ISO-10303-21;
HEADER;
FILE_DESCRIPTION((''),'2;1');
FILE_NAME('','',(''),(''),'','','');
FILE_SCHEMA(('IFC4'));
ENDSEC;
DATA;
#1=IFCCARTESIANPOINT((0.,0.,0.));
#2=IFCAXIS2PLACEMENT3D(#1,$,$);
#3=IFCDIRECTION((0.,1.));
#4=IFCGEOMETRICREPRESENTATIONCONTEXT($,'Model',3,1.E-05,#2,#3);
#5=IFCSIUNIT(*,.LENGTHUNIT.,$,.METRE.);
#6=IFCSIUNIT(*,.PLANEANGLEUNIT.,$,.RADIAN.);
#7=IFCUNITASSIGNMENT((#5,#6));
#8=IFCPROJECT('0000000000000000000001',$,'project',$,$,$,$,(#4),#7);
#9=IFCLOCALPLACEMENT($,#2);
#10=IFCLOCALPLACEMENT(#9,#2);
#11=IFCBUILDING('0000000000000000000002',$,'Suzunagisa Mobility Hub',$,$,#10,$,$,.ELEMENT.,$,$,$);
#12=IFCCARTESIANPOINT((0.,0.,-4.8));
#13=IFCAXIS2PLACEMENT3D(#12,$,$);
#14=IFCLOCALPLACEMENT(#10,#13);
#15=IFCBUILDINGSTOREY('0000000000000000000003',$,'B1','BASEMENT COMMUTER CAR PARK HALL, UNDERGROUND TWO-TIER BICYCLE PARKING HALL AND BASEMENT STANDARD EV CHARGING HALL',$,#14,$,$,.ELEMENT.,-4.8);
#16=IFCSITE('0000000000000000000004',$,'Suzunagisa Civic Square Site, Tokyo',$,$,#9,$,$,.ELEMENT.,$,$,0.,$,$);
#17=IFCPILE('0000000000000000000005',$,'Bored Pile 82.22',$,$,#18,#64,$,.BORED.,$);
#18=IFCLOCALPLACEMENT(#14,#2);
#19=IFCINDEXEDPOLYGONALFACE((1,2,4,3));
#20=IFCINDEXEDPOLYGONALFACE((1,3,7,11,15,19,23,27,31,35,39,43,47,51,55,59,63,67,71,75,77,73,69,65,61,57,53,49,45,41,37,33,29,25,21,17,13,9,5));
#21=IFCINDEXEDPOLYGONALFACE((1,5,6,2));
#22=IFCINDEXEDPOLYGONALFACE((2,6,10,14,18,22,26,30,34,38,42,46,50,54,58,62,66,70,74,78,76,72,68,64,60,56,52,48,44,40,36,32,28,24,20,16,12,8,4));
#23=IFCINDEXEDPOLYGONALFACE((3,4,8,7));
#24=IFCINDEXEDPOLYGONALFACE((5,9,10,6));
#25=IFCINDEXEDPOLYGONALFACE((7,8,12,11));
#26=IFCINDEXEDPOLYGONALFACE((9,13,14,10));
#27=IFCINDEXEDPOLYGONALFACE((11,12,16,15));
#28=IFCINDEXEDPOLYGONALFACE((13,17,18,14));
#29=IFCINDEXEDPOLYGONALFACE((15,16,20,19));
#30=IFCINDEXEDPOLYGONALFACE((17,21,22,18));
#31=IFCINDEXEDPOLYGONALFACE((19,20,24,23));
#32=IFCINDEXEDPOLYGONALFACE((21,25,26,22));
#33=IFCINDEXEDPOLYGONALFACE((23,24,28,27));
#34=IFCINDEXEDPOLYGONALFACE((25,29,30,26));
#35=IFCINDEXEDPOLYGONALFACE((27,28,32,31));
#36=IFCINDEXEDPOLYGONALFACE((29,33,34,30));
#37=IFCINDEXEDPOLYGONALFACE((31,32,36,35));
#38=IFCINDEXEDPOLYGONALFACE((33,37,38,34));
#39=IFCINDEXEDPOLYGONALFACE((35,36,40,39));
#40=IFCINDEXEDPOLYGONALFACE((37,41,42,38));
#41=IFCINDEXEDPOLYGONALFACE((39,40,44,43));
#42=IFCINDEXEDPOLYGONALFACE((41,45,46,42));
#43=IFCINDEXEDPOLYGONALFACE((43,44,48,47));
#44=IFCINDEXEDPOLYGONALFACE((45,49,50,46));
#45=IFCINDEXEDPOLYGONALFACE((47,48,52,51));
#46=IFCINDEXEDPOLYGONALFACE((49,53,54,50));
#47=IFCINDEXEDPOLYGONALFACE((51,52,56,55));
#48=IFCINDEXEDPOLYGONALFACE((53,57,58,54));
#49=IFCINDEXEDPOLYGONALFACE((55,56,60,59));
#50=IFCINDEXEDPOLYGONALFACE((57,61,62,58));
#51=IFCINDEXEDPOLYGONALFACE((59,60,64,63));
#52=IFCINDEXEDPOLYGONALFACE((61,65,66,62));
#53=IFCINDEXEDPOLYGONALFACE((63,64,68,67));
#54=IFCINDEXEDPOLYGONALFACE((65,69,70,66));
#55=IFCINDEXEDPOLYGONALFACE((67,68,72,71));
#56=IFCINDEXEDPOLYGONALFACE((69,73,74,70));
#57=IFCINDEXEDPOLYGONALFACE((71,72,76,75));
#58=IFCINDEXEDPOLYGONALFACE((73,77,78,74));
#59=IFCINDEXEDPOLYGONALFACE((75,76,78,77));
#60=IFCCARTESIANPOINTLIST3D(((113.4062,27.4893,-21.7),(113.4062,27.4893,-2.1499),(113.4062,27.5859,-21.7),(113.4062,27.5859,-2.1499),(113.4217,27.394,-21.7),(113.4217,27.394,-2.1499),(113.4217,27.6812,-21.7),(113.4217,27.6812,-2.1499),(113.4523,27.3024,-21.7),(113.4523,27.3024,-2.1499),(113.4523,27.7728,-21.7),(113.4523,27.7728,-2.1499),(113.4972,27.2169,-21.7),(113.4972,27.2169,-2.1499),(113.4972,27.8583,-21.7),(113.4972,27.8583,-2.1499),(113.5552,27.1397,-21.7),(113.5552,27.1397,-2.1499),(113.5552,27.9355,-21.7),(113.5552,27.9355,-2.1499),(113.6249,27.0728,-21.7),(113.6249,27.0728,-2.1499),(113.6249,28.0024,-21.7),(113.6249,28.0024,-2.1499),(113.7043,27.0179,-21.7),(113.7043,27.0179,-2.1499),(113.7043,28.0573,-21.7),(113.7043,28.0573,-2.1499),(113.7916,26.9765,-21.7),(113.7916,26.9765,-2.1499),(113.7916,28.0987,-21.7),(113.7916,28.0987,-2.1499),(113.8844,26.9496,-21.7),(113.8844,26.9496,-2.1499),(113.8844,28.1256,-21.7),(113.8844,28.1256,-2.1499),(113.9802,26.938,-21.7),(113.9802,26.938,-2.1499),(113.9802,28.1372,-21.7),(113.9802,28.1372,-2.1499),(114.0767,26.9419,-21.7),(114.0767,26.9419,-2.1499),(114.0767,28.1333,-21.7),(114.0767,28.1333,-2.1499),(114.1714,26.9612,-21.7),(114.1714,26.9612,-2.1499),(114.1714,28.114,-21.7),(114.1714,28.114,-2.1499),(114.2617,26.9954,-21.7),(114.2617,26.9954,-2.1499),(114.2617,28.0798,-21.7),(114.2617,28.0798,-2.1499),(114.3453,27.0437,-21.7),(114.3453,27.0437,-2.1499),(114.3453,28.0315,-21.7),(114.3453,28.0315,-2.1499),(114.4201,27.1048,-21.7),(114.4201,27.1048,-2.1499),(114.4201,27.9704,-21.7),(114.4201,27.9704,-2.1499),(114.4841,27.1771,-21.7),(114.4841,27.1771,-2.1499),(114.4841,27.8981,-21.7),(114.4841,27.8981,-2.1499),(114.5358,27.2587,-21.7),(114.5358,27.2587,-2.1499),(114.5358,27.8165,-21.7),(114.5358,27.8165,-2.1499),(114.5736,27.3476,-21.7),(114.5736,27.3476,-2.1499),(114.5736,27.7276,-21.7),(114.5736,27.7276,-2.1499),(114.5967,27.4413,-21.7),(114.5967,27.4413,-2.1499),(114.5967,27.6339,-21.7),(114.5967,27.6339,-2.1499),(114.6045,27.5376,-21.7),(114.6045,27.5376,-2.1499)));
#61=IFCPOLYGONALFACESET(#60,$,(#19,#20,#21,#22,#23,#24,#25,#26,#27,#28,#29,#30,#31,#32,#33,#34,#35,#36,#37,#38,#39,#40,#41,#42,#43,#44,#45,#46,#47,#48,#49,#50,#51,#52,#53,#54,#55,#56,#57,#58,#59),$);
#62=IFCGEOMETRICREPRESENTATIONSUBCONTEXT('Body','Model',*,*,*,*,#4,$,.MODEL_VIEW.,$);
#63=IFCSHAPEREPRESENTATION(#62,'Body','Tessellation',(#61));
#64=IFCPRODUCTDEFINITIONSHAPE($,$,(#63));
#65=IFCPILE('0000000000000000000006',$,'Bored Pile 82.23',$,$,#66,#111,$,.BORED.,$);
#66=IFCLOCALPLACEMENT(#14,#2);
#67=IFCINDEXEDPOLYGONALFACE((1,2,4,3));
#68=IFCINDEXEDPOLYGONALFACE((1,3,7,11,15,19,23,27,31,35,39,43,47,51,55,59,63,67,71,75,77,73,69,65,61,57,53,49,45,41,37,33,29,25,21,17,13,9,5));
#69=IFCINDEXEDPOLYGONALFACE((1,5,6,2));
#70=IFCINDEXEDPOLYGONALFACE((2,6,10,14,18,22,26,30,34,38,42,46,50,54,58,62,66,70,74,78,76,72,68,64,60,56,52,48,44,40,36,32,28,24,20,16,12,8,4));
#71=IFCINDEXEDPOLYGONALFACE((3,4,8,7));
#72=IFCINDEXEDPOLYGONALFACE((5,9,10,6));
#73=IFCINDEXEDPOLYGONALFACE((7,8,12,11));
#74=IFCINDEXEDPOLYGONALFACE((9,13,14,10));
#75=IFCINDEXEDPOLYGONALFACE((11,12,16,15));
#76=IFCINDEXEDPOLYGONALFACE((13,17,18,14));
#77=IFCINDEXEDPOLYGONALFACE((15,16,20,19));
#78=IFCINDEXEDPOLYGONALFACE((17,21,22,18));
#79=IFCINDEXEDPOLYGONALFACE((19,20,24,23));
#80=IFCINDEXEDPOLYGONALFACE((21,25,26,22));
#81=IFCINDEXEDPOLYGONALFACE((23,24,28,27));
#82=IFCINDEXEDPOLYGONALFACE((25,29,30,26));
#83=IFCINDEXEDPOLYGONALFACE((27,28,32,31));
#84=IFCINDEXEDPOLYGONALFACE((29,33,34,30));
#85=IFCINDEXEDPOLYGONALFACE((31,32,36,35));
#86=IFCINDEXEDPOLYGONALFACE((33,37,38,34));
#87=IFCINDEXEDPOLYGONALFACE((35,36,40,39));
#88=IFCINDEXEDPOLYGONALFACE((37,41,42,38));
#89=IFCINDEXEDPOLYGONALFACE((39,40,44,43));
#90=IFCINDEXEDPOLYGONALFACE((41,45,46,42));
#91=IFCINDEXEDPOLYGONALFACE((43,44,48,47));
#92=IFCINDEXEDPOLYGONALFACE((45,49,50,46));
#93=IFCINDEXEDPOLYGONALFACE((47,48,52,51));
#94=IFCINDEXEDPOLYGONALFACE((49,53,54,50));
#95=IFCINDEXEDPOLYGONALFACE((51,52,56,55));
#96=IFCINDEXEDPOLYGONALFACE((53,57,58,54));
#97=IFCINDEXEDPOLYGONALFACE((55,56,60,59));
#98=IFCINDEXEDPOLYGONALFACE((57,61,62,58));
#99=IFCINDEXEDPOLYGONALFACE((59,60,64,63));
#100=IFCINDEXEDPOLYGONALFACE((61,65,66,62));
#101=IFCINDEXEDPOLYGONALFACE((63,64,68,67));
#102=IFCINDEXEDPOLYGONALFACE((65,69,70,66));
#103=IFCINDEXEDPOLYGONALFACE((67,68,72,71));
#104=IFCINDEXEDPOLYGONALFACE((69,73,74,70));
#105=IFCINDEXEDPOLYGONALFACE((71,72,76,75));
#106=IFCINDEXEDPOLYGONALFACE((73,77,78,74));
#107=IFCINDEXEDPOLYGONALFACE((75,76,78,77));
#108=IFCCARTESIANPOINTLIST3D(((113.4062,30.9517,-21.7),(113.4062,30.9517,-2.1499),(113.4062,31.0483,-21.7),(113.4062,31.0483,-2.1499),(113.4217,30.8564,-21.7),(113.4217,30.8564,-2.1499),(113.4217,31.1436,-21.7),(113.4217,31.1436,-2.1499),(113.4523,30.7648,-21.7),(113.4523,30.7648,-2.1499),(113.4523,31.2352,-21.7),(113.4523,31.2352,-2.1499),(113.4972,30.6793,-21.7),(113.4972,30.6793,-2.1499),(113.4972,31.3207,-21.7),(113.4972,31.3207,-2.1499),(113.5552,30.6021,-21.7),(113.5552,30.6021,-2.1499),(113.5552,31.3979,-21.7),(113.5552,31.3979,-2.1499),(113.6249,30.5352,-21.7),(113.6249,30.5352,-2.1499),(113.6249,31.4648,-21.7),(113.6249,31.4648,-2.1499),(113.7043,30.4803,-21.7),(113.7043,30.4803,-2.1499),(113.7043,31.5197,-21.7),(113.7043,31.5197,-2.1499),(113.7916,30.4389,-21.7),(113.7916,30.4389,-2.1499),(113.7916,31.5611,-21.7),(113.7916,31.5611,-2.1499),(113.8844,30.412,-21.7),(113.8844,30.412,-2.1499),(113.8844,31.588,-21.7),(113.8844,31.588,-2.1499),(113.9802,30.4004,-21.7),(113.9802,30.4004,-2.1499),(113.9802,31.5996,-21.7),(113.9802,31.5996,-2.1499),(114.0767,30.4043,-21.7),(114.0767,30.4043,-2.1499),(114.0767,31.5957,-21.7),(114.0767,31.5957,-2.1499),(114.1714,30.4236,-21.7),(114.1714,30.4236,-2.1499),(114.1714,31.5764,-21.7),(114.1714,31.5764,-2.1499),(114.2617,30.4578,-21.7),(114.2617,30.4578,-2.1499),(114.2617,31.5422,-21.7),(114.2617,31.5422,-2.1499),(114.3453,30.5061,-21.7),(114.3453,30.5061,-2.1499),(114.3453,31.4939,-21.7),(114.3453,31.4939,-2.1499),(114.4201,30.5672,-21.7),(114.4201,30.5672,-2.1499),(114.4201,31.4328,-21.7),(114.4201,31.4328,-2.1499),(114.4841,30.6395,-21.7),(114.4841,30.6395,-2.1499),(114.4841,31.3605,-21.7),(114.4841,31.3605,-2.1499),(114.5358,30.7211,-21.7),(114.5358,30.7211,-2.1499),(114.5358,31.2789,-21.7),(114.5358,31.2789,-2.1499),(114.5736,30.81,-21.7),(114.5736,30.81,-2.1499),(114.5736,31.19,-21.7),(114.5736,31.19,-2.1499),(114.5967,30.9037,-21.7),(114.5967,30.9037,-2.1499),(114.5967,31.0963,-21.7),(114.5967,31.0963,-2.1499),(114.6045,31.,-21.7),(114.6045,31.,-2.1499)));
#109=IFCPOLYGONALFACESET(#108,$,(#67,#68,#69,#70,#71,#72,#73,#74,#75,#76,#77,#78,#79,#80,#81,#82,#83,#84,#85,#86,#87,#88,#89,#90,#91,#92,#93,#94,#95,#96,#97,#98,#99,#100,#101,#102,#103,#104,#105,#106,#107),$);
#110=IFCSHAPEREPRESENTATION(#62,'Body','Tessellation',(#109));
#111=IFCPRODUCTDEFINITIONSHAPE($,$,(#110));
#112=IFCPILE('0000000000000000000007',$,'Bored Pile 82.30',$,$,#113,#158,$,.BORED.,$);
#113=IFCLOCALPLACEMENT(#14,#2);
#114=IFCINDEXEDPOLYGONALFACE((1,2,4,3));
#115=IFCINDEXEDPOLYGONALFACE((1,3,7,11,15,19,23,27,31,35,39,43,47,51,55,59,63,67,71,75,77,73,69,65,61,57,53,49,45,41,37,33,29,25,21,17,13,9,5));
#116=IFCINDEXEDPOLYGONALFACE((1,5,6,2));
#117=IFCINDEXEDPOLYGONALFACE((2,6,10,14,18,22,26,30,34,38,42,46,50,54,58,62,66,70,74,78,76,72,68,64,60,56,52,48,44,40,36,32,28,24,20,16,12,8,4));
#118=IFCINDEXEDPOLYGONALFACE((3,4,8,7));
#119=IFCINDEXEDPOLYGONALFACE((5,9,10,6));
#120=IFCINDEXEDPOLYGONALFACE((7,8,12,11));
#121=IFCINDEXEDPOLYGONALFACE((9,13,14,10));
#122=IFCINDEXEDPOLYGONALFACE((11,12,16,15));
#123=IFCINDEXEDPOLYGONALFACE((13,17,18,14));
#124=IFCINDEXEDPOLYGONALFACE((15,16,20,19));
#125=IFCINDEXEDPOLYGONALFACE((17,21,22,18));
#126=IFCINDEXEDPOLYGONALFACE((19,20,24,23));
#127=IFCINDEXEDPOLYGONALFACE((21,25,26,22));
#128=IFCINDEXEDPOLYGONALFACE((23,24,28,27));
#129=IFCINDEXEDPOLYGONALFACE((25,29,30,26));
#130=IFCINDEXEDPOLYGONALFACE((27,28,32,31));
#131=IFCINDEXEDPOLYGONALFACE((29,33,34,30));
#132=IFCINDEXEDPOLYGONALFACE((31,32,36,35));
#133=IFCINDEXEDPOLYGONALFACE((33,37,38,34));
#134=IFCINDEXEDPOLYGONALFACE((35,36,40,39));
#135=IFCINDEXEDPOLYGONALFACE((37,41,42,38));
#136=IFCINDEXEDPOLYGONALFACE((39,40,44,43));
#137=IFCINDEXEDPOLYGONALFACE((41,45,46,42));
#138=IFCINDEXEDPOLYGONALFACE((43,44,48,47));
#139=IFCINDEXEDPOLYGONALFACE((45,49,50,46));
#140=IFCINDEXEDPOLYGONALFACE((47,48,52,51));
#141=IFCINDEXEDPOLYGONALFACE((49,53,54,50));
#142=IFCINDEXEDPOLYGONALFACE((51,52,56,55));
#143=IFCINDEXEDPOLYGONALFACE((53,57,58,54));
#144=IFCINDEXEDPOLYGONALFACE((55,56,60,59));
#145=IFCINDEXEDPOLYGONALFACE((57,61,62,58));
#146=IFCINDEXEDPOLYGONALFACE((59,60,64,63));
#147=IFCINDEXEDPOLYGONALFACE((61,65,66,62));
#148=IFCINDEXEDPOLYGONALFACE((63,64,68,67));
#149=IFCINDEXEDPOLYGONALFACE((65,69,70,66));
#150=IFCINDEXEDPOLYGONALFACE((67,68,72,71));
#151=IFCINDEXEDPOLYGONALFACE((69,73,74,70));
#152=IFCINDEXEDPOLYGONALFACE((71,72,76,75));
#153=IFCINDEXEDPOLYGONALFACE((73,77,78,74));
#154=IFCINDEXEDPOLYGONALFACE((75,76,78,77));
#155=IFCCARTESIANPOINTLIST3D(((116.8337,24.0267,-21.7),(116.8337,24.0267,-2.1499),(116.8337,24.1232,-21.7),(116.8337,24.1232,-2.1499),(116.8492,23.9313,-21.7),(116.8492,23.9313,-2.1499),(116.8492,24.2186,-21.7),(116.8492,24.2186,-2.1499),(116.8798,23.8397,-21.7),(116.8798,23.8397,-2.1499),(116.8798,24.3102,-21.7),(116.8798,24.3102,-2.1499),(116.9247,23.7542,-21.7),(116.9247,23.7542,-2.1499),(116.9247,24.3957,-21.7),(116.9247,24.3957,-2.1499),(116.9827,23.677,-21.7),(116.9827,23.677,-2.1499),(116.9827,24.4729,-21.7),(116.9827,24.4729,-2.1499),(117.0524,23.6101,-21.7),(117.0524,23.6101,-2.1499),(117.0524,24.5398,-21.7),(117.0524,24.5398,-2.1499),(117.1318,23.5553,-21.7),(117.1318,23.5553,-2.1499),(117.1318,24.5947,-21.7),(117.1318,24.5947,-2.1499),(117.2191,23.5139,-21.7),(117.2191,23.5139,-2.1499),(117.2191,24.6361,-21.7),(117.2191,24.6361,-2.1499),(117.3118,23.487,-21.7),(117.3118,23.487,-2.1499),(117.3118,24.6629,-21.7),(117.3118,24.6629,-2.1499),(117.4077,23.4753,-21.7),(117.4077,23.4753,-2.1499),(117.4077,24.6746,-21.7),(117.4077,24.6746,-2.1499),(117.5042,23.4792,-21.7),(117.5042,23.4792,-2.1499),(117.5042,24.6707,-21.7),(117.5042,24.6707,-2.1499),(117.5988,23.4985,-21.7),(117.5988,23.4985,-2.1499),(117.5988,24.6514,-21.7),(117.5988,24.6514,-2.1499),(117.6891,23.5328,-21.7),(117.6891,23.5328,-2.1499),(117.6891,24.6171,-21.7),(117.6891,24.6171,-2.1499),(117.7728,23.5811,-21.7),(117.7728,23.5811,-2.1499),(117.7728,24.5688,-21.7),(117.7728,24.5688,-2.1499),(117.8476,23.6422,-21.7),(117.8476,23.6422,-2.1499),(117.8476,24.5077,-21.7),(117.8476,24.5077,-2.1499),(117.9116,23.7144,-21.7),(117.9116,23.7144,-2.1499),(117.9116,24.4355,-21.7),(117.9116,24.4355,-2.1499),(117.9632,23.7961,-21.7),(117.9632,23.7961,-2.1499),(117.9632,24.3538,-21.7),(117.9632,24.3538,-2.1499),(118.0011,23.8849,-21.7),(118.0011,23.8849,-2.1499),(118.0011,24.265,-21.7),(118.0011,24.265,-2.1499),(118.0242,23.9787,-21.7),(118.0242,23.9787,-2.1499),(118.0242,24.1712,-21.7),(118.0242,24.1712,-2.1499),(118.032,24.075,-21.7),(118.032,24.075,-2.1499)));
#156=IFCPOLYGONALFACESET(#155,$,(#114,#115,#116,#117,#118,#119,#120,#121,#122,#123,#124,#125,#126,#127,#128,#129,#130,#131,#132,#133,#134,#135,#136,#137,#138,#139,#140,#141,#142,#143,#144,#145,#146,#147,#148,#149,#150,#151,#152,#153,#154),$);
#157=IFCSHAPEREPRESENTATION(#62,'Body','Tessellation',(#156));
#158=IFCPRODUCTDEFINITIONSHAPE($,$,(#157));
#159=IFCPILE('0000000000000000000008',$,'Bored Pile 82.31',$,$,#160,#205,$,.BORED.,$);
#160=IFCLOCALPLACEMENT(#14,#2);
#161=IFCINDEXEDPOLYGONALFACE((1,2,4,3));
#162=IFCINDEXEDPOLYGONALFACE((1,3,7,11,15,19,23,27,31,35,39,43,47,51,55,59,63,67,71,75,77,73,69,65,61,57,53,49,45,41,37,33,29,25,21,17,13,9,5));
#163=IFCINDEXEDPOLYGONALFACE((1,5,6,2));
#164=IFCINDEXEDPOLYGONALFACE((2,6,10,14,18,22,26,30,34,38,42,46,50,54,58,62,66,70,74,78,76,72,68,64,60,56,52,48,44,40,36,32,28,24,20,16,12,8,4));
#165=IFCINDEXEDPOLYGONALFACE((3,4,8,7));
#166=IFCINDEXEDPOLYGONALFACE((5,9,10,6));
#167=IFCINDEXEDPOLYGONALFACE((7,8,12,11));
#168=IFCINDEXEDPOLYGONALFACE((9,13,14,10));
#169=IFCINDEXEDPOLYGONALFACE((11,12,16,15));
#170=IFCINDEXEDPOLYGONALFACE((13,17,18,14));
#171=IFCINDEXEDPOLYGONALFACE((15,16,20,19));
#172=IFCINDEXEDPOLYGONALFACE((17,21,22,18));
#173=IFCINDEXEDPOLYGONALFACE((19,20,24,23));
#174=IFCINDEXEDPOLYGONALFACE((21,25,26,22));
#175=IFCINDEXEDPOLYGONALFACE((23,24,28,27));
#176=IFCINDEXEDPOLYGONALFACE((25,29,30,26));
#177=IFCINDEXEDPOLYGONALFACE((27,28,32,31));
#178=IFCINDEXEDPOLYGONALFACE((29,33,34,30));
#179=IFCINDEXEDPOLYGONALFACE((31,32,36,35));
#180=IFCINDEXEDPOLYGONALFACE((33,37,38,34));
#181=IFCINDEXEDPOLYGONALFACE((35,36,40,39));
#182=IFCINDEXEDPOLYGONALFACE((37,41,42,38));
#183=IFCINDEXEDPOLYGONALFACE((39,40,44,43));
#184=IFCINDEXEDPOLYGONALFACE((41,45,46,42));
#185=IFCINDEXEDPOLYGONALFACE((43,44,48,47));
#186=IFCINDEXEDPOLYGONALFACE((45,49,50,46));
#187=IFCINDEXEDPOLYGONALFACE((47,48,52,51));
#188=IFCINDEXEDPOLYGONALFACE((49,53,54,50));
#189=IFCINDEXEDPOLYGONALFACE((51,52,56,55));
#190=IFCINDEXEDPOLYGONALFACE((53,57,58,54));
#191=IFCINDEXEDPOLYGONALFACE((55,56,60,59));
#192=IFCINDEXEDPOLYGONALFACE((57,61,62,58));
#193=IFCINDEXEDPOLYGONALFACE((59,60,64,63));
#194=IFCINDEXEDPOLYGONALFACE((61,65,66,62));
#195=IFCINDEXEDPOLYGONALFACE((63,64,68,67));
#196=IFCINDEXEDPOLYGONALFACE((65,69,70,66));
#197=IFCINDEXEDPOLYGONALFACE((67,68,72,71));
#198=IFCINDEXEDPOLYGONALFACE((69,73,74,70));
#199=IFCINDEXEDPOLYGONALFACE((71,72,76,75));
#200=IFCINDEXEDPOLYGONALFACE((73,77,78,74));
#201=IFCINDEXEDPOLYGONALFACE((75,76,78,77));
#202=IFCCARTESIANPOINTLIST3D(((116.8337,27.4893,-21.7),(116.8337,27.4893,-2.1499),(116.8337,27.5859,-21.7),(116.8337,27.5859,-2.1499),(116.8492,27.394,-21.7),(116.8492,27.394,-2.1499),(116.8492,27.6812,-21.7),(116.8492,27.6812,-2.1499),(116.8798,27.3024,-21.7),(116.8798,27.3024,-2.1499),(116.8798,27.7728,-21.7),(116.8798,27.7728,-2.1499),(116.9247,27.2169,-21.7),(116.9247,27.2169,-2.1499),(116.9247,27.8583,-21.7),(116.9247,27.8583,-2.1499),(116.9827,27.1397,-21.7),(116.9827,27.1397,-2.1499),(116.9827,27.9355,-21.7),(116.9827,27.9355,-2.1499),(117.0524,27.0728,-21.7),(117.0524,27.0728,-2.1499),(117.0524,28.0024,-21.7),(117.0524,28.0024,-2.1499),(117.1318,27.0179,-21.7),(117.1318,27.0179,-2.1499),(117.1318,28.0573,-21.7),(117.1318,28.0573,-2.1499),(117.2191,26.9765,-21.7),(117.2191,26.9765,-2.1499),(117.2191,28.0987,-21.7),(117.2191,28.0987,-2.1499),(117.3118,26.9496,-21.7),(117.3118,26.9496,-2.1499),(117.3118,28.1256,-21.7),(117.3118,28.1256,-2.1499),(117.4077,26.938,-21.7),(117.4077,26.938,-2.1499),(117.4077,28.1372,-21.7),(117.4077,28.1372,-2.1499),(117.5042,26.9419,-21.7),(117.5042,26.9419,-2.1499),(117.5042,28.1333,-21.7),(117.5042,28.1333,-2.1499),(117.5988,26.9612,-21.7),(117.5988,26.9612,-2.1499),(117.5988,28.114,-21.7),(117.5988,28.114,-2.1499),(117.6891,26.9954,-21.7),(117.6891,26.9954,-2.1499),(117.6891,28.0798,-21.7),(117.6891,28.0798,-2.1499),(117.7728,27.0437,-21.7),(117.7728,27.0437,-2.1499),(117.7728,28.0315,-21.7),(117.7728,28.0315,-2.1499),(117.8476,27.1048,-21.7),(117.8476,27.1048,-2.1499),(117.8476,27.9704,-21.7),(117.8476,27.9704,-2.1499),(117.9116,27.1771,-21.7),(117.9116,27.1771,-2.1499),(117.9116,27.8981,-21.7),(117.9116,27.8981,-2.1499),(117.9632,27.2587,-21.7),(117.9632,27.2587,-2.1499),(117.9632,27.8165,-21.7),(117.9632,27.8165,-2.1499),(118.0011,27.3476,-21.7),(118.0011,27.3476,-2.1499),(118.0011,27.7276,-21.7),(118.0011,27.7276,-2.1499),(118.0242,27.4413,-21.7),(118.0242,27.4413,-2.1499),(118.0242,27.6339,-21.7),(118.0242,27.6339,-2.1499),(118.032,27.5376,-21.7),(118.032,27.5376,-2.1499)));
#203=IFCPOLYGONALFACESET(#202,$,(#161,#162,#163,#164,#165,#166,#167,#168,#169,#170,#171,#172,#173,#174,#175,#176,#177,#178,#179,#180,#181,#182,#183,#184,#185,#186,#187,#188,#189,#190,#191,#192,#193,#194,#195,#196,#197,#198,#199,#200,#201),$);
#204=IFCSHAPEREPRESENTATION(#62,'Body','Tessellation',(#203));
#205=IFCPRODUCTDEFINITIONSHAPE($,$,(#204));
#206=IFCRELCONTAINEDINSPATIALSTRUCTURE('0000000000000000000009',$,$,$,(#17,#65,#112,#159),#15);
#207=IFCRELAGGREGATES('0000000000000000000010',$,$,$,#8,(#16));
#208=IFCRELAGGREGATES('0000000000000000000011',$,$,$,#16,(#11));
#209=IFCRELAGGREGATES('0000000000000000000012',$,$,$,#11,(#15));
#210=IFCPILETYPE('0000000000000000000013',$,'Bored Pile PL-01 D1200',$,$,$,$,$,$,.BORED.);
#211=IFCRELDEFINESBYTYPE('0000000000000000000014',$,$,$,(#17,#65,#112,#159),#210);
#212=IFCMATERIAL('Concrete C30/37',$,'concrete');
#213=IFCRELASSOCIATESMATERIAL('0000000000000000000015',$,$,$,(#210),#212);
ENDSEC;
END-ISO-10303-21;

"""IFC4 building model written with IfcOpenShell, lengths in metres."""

from ifc_helpers import new_model, si_unit, direction, frame, origin, origin_2d, place, context, subcontext, project, spatial, circle, extrude, material, material_profile, profile_set, type_object, element, save


model = new_model("IFC4")

# Units and contexts
model_context = context("Model", 3, precision=1e-05, world=origin(), true_north=direction((0.0, 1.0)))
body_context = subcontext(model_context, "Body", "Model", "MODEL_VIEW")
ifc_project = project(units=[si_unit("LENGTHUNIT", "METRE"), si_unit("PLANEANGLEUNIT", "RADIAN")], contexts=[model_context])

# Site, building, storey
site_placement = place(None, origin())
site = spatial("IfcSite", under=ifc_project, at=site_placement, Name="Suzunagisa Civic Square Site, Tokyo", CompositionType="ELEMENT", RefElevation=0.0)
building_placement = place(site_placement, origin())
building = spatial("IfcBuilding", under=site, at=building_placement, Name="Suzunagisa Mobility Hub", CompositionType="ELEMENT")
storey_placement = place(building_placement, frame((0.0, 0.0, -4.8)))
storey = spatial("IfcBuildingStorey", under=building, at=storey_placement, Name="B1", Description="BASEMENT COMMUTER CAR PARK HALL, UNDERGROUND TWO-TIER BICYCLE PARKING HALL AND BASEMENT STANDARD EV CHARGING HALL", CompositionType="ELEMENT", Elevation=-4.8)

# Piles
ifc_material_1 = material(Name="Concrete C30/37", Category="concrete")
ifc_material_profile_1 = material_profile(ifc_material_1, circle(Radius=0.6001, at=origin_2d()), Name="BORED PILE D1200")
ifc_profile_set_1 = profile_set([ifc_material_profile_1], Name="Concrete C30/37")
pile_type = type_object("IfcPileType", Name="Bored Pile PL-01 D1200", PredefinedType="BORED", material=ifc_profile_set_1)
for number, where, z_axis, x_axis, name in (
    (1, (114.0044, 27.5376, -2.1499), (0.0, 0.0, -1.0), (1.0, 0.0, 0.0), "Bored Pile 82.22"),
    (2, (114.0044, 31.0, -2.1499), (0.0, 0.0, -1.0), (1.0, 0.0, 0.0), "Bored Pile 82.23"),
    (3, (117.4319, 24.075, -2.1499), (0.0, 0.0, -1.0), (1.0, 0.0, 0.0), "Bored Pile 82.30"),
    (4, (117.4319, 27.5376, -2.1499), (0.0, 0.0, -1.0), (1.0, 0.0, 0.0), "Bored Pile 82.31"),
):
    element("IfcPile", number, at=place(storey_placement, frame(where, z_axis=z_axis, x_axis=x_axis)), inside=storey, type_object=pile_type, Name=name, PredefinedType="BORED", context=body_context, shape_type="SweptSolid", body=[
        extrude(circle(Radius=0.6001, at=origin_2d()), origin(), (0.0, 0.0, 1.0), 19.55),
    ])

save(model, "model.ifc")
